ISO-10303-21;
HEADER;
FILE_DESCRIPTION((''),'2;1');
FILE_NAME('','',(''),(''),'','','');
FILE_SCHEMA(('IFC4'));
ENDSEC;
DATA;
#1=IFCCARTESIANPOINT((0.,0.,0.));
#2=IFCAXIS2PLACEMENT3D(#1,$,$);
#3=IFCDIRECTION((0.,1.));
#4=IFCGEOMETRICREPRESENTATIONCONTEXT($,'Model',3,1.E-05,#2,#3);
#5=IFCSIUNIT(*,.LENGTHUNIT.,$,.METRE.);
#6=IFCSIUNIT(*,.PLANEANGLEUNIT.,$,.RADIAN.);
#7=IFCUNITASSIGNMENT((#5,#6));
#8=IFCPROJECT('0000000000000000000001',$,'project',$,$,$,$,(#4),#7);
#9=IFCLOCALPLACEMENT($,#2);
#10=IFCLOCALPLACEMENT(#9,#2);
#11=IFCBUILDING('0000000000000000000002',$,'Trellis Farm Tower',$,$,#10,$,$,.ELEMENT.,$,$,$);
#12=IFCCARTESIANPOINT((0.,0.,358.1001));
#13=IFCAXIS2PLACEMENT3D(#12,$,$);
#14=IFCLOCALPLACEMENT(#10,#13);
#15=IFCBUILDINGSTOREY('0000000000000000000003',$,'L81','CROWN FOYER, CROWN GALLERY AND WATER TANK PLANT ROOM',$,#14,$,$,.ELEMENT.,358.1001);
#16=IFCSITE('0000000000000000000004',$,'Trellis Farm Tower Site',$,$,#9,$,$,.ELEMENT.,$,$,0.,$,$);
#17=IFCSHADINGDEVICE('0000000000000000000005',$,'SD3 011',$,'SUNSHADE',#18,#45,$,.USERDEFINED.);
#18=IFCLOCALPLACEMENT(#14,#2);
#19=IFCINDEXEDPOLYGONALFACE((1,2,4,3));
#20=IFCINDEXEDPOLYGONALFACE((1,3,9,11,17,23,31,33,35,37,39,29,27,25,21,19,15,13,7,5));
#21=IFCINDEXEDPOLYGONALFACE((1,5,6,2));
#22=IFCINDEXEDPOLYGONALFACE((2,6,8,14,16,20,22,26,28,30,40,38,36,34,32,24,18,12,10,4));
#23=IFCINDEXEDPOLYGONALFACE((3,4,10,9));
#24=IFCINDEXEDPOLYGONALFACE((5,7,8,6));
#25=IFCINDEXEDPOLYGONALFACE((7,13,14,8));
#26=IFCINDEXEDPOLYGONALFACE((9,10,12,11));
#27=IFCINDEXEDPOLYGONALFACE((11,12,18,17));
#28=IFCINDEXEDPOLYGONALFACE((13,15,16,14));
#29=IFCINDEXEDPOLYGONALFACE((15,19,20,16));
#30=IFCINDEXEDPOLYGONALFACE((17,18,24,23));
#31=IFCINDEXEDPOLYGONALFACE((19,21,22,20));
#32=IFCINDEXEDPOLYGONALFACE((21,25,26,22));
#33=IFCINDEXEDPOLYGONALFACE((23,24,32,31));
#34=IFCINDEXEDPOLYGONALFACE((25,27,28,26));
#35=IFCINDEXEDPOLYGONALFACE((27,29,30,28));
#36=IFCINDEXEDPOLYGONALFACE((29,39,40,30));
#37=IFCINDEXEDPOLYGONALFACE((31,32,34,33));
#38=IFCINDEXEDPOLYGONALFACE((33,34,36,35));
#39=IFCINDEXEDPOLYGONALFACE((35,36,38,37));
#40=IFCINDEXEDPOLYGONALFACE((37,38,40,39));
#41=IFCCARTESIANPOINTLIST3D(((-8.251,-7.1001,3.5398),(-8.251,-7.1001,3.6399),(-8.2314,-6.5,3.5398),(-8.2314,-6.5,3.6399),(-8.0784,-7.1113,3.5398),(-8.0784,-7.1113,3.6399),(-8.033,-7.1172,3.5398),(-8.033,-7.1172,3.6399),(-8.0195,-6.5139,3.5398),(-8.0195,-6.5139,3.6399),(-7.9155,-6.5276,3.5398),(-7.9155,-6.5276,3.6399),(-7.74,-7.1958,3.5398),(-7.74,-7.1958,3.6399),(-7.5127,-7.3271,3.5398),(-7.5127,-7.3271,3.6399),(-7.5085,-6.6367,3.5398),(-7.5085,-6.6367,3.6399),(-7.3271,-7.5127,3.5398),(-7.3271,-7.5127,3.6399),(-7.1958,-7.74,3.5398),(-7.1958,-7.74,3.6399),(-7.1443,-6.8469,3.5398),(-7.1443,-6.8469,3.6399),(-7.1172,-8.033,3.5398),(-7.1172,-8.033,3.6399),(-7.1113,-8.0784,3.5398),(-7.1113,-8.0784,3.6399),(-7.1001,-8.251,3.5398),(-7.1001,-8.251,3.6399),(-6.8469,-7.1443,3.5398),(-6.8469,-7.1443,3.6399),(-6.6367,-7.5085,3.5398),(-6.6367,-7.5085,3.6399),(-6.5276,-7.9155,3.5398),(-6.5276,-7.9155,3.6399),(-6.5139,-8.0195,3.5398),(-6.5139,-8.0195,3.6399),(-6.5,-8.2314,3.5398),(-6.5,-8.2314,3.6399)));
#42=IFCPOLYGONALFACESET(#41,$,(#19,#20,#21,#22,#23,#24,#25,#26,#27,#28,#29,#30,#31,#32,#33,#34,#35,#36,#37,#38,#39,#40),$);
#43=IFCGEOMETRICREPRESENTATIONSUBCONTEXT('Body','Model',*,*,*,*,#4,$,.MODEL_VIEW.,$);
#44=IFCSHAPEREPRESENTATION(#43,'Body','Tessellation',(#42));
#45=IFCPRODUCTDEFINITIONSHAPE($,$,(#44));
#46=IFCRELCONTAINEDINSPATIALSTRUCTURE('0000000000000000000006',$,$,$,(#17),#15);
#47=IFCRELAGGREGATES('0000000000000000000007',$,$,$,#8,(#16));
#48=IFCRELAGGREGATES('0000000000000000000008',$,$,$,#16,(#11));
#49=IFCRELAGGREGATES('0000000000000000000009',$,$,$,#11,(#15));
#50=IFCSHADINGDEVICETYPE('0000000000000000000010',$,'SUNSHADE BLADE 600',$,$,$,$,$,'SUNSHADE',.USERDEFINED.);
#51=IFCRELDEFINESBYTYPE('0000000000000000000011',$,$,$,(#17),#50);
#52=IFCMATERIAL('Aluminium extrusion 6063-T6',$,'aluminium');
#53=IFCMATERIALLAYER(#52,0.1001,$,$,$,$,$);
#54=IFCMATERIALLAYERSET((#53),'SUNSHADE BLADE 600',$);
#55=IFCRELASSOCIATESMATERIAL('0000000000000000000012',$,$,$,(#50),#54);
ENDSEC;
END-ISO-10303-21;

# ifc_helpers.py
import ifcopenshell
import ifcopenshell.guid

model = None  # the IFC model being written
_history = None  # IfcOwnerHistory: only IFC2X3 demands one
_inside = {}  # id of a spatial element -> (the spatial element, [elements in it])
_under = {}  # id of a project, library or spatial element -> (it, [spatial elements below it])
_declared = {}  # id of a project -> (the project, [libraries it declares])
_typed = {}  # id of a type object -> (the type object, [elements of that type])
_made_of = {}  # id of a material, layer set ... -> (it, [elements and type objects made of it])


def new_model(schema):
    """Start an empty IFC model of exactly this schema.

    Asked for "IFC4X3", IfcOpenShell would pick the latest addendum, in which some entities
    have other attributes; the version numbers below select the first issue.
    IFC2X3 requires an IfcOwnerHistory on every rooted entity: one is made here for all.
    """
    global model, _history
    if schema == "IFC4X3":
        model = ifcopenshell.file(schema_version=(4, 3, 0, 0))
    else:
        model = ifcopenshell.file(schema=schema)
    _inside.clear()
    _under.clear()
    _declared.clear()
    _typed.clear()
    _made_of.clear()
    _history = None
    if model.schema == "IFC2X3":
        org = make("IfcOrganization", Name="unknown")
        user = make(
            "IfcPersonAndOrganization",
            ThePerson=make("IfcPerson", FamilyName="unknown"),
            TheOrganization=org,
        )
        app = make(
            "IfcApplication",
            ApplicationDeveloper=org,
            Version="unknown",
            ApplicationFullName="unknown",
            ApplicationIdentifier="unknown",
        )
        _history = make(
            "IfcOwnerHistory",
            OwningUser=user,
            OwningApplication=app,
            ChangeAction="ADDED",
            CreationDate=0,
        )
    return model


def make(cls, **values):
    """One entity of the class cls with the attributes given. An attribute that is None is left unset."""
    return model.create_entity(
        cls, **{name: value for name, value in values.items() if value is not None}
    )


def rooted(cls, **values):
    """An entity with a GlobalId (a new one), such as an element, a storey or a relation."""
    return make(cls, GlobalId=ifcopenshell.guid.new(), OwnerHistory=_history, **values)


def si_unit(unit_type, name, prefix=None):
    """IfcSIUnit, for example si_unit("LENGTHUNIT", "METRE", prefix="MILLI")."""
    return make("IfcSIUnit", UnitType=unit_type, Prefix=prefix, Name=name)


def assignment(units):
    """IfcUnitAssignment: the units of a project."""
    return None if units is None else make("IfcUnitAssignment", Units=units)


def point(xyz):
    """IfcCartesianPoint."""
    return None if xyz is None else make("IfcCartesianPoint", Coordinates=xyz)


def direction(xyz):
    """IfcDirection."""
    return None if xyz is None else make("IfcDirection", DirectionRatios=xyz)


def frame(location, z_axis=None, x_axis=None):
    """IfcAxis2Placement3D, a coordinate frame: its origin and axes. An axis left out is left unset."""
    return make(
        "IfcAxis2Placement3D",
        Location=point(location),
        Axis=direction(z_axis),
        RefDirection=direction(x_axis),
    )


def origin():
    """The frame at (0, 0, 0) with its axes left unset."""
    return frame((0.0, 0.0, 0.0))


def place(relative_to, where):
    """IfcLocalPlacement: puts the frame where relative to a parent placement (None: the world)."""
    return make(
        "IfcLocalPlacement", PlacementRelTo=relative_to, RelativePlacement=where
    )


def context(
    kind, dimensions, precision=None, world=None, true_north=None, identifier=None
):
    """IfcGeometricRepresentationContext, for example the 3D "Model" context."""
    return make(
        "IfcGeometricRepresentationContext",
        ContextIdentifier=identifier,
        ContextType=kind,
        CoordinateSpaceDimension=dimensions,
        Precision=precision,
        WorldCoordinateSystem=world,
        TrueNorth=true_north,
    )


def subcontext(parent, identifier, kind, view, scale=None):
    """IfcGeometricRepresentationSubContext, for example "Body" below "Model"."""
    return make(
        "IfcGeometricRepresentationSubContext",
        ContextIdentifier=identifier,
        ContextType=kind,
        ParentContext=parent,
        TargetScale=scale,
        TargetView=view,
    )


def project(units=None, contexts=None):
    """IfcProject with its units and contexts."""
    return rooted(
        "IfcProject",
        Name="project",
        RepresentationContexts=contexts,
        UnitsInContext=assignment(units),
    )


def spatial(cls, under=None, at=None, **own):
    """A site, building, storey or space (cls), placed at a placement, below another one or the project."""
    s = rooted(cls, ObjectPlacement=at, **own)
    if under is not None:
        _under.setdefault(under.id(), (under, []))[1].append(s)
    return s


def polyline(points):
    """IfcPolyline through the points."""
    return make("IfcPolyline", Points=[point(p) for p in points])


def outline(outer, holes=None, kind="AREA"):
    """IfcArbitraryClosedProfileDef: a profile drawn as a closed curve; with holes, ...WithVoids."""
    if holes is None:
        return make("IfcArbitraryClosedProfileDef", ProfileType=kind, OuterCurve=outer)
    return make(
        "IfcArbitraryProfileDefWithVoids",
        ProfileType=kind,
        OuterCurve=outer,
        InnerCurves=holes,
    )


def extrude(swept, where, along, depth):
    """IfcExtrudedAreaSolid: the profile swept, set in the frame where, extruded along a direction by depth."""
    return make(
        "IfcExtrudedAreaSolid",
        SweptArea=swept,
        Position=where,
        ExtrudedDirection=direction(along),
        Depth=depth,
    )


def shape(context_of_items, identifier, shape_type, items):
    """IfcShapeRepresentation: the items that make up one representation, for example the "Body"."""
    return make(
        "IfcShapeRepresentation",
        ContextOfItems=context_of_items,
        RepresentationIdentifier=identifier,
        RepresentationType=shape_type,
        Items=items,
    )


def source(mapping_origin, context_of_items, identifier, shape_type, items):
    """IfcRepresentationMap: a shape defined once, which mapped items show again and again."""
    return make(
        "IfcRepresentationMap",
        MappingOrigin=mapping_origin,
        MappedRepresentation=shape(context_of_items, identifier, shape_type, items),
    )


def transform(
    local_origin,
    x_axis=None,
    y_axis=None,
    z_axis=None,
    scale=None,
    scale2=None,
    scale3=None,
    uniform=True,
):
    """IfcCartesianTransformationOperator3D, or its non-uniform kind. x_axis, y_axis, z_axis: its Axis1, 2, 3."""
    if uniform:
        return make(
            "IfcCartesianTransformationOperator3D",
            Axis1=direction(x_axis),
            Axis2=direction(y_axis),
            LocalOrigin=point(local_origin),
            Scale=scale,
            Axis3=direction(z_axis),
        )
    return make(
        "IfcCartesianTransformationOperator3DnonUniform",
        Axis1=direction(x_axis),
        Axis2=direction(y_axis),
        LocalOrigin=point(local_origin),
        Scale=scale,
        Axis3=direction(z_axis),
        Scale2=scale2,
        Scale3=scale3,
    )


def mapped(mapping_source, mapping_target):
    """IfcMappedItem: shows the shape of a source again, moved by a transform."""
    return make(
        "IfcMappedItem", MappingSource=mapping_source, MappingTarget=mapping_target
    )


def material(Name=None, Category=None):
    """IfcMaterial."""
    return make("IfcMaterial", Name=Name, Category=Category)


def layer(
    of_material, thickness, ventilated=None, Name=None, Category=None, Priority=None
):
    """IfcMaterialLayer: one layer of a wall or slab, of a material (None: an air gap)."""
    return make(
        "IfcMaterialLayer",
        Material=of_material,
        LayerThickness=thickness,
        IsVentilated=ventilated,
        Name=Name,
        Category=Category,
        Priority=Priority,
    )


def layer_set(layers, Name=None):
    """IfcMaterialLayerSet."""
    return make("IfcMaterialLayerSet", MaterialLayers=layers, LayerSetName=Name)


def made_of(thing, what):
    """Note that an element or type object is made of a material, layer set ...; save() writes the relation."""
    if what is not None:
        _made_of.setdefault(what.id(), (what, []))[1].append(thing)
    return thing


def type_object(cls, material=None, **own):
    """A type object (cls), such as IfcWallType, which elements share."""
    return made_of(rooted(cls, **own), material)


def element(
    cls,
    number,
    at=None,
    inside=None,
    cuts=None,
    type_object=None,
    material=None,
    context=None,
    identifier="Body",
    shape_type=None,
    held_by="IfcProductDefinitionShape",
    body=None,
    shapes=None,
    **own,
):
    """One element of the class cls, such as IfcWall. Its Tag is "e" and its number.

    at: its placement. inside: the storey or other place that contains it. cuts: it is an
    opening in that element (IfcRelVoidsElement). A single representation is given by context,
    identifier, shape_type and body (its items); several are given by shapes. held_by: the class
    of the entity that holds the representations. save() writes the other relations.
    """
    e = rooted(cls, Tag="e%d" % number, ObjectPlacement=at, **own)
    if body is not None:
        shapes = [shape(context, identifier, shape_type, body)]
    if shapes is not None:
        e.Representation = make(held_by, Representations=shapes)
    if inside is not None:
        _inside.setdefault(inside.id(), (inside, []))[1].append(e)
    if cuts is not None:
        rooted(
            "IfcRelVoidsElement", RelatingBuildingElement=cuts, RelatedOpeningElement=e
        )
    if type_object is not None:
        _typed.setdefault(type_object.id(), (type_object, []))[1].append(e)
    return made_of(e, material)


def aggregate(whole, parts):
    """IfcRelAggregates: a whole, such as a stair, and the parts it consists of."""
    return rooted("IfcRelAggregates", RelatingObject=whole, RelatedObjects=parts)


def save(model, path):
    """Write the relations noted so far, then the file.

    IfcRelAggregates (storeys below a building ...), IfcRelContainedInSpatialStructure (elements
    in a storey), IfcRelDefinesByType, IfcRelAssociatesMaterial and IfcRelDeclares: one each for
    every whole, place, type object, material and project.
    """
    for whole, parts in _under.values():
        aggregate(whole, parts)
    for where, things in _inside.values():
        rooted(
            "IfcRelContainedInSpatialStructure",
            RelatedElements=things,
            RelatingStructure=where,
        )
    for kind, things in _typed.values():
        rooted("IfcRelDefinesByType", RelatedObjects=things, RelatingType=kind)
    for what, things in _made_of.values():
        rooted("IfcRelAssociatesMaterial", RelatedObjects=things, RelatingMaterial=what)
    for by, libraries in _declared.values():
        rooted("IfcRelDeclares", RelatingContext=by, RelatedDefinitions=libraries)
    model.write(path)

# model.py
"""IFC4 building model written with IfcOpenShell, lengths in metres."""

from ifc_helpers import new_model, si_unit, direction, frame, origin, place, context, subcontext, project, spatial, polyline, outline, extrude, source, transform, mapped, material, layer, layer_set, type_object, element, save


model = new_model("IFC4")

# Units and contexts
model_context = context("Model", 3, precision=1e-05, world=origin(), true_north=direction((0.0, 1.0)))
body_context = subcontext(model_context, "Body", "Model", "MODEL_VIEW")
ifc_project = project(units=[si_unit("LENGTHUNIT", "METRE"), si_unit("PLANEANGLEUNIT", "RADIAN")], contexts=[model_context])

# Site, building, storey
site_placement = place(None, origin())
site = spatial("IfcSite", under=ifc_project, at=site_placement, Name="Trellis Farm Tower Site", CompositionType="ELEMENT", RefElevation=0.0)
building_placement = place(site_placement, origin())
building = spatial("IfcBuilding", under=site, at=building_placement, Name="Trellis Farm Tower", CompositionType="ELEMENT")
storey_placement = place(building_placement, frame((0.0, 0.0, 358.1001)))
storey = spatial("IfcBuildingStorey", under=building, at=storey_placement, Name="L81", Description="CROWN FOYER, CROWN GALLERY AND WATER TANK PLANT ROOM", CompositionType="ELEMENT", Elevation=358.1001)

# Shared definitions
ifc_material_1 = material(Name="Aluminium extrusion 6063-T6", Category="aluminium")

# Shading device
ifc_layer_1 = layer(ifc_material_1, 0.1001)
ifc_layer_set_1 = layer_set([ifc_layer_1], Name="SUNSHADE BLADE 600")
shading_device_type = type_object("IfcShadingDeviceType", Name="SUNSHADE BLADE 600", ElementType="SUNSHADE", PredefinedType="USERDEFINED", material=ifc_layer_set_1)
placement_1 = place(storey_placement, frame((0.0, 0.0, 3.5398)))
shared_shape_1 = source(origin(), body_context, "Body", "SweptSolid", [
    extrude(outline(polyline([(-8.251, -7.1001), (-8.0784, -7.1113), (-8.033, -7.1172), (-7.74, -7.1958), (-7.5127, -7.3271), (-7.3271, -7.5127), (-7.1958, -7.74), (-7.1172, -8.033), (-7.1113, -8.0784), (-7.1001, -8.251), (-6.5, -8.2314), (-6.5139, -8.0195), (-6.5276, -7.9155), (-6.6367, -7.5085), (-6.8469, -7.1443), (-7.1443, -6.8469), (-7.5085, -6.6367), (-7.9155, -6.5276), (-8.0195, -6.5139), (-8.2314, -6.5), (-8.251, -7.1001)])), origin(), (0.0, 0.0, 1.0), 0.1001),
])
element("IfcShadingDevice", 1, at=placement_1, inside=storey, type_object=shading_device_type, Name="SD3 011", ObjectType="SUNSHADE", PredefinedType="USERDEFINED", context=body_context, shape_type="MappedRepresentation", body=[
    mapped(shared_shape_1, transform((0.0, 0.0, 0.0))),
])

save(model, "model.ifc")
